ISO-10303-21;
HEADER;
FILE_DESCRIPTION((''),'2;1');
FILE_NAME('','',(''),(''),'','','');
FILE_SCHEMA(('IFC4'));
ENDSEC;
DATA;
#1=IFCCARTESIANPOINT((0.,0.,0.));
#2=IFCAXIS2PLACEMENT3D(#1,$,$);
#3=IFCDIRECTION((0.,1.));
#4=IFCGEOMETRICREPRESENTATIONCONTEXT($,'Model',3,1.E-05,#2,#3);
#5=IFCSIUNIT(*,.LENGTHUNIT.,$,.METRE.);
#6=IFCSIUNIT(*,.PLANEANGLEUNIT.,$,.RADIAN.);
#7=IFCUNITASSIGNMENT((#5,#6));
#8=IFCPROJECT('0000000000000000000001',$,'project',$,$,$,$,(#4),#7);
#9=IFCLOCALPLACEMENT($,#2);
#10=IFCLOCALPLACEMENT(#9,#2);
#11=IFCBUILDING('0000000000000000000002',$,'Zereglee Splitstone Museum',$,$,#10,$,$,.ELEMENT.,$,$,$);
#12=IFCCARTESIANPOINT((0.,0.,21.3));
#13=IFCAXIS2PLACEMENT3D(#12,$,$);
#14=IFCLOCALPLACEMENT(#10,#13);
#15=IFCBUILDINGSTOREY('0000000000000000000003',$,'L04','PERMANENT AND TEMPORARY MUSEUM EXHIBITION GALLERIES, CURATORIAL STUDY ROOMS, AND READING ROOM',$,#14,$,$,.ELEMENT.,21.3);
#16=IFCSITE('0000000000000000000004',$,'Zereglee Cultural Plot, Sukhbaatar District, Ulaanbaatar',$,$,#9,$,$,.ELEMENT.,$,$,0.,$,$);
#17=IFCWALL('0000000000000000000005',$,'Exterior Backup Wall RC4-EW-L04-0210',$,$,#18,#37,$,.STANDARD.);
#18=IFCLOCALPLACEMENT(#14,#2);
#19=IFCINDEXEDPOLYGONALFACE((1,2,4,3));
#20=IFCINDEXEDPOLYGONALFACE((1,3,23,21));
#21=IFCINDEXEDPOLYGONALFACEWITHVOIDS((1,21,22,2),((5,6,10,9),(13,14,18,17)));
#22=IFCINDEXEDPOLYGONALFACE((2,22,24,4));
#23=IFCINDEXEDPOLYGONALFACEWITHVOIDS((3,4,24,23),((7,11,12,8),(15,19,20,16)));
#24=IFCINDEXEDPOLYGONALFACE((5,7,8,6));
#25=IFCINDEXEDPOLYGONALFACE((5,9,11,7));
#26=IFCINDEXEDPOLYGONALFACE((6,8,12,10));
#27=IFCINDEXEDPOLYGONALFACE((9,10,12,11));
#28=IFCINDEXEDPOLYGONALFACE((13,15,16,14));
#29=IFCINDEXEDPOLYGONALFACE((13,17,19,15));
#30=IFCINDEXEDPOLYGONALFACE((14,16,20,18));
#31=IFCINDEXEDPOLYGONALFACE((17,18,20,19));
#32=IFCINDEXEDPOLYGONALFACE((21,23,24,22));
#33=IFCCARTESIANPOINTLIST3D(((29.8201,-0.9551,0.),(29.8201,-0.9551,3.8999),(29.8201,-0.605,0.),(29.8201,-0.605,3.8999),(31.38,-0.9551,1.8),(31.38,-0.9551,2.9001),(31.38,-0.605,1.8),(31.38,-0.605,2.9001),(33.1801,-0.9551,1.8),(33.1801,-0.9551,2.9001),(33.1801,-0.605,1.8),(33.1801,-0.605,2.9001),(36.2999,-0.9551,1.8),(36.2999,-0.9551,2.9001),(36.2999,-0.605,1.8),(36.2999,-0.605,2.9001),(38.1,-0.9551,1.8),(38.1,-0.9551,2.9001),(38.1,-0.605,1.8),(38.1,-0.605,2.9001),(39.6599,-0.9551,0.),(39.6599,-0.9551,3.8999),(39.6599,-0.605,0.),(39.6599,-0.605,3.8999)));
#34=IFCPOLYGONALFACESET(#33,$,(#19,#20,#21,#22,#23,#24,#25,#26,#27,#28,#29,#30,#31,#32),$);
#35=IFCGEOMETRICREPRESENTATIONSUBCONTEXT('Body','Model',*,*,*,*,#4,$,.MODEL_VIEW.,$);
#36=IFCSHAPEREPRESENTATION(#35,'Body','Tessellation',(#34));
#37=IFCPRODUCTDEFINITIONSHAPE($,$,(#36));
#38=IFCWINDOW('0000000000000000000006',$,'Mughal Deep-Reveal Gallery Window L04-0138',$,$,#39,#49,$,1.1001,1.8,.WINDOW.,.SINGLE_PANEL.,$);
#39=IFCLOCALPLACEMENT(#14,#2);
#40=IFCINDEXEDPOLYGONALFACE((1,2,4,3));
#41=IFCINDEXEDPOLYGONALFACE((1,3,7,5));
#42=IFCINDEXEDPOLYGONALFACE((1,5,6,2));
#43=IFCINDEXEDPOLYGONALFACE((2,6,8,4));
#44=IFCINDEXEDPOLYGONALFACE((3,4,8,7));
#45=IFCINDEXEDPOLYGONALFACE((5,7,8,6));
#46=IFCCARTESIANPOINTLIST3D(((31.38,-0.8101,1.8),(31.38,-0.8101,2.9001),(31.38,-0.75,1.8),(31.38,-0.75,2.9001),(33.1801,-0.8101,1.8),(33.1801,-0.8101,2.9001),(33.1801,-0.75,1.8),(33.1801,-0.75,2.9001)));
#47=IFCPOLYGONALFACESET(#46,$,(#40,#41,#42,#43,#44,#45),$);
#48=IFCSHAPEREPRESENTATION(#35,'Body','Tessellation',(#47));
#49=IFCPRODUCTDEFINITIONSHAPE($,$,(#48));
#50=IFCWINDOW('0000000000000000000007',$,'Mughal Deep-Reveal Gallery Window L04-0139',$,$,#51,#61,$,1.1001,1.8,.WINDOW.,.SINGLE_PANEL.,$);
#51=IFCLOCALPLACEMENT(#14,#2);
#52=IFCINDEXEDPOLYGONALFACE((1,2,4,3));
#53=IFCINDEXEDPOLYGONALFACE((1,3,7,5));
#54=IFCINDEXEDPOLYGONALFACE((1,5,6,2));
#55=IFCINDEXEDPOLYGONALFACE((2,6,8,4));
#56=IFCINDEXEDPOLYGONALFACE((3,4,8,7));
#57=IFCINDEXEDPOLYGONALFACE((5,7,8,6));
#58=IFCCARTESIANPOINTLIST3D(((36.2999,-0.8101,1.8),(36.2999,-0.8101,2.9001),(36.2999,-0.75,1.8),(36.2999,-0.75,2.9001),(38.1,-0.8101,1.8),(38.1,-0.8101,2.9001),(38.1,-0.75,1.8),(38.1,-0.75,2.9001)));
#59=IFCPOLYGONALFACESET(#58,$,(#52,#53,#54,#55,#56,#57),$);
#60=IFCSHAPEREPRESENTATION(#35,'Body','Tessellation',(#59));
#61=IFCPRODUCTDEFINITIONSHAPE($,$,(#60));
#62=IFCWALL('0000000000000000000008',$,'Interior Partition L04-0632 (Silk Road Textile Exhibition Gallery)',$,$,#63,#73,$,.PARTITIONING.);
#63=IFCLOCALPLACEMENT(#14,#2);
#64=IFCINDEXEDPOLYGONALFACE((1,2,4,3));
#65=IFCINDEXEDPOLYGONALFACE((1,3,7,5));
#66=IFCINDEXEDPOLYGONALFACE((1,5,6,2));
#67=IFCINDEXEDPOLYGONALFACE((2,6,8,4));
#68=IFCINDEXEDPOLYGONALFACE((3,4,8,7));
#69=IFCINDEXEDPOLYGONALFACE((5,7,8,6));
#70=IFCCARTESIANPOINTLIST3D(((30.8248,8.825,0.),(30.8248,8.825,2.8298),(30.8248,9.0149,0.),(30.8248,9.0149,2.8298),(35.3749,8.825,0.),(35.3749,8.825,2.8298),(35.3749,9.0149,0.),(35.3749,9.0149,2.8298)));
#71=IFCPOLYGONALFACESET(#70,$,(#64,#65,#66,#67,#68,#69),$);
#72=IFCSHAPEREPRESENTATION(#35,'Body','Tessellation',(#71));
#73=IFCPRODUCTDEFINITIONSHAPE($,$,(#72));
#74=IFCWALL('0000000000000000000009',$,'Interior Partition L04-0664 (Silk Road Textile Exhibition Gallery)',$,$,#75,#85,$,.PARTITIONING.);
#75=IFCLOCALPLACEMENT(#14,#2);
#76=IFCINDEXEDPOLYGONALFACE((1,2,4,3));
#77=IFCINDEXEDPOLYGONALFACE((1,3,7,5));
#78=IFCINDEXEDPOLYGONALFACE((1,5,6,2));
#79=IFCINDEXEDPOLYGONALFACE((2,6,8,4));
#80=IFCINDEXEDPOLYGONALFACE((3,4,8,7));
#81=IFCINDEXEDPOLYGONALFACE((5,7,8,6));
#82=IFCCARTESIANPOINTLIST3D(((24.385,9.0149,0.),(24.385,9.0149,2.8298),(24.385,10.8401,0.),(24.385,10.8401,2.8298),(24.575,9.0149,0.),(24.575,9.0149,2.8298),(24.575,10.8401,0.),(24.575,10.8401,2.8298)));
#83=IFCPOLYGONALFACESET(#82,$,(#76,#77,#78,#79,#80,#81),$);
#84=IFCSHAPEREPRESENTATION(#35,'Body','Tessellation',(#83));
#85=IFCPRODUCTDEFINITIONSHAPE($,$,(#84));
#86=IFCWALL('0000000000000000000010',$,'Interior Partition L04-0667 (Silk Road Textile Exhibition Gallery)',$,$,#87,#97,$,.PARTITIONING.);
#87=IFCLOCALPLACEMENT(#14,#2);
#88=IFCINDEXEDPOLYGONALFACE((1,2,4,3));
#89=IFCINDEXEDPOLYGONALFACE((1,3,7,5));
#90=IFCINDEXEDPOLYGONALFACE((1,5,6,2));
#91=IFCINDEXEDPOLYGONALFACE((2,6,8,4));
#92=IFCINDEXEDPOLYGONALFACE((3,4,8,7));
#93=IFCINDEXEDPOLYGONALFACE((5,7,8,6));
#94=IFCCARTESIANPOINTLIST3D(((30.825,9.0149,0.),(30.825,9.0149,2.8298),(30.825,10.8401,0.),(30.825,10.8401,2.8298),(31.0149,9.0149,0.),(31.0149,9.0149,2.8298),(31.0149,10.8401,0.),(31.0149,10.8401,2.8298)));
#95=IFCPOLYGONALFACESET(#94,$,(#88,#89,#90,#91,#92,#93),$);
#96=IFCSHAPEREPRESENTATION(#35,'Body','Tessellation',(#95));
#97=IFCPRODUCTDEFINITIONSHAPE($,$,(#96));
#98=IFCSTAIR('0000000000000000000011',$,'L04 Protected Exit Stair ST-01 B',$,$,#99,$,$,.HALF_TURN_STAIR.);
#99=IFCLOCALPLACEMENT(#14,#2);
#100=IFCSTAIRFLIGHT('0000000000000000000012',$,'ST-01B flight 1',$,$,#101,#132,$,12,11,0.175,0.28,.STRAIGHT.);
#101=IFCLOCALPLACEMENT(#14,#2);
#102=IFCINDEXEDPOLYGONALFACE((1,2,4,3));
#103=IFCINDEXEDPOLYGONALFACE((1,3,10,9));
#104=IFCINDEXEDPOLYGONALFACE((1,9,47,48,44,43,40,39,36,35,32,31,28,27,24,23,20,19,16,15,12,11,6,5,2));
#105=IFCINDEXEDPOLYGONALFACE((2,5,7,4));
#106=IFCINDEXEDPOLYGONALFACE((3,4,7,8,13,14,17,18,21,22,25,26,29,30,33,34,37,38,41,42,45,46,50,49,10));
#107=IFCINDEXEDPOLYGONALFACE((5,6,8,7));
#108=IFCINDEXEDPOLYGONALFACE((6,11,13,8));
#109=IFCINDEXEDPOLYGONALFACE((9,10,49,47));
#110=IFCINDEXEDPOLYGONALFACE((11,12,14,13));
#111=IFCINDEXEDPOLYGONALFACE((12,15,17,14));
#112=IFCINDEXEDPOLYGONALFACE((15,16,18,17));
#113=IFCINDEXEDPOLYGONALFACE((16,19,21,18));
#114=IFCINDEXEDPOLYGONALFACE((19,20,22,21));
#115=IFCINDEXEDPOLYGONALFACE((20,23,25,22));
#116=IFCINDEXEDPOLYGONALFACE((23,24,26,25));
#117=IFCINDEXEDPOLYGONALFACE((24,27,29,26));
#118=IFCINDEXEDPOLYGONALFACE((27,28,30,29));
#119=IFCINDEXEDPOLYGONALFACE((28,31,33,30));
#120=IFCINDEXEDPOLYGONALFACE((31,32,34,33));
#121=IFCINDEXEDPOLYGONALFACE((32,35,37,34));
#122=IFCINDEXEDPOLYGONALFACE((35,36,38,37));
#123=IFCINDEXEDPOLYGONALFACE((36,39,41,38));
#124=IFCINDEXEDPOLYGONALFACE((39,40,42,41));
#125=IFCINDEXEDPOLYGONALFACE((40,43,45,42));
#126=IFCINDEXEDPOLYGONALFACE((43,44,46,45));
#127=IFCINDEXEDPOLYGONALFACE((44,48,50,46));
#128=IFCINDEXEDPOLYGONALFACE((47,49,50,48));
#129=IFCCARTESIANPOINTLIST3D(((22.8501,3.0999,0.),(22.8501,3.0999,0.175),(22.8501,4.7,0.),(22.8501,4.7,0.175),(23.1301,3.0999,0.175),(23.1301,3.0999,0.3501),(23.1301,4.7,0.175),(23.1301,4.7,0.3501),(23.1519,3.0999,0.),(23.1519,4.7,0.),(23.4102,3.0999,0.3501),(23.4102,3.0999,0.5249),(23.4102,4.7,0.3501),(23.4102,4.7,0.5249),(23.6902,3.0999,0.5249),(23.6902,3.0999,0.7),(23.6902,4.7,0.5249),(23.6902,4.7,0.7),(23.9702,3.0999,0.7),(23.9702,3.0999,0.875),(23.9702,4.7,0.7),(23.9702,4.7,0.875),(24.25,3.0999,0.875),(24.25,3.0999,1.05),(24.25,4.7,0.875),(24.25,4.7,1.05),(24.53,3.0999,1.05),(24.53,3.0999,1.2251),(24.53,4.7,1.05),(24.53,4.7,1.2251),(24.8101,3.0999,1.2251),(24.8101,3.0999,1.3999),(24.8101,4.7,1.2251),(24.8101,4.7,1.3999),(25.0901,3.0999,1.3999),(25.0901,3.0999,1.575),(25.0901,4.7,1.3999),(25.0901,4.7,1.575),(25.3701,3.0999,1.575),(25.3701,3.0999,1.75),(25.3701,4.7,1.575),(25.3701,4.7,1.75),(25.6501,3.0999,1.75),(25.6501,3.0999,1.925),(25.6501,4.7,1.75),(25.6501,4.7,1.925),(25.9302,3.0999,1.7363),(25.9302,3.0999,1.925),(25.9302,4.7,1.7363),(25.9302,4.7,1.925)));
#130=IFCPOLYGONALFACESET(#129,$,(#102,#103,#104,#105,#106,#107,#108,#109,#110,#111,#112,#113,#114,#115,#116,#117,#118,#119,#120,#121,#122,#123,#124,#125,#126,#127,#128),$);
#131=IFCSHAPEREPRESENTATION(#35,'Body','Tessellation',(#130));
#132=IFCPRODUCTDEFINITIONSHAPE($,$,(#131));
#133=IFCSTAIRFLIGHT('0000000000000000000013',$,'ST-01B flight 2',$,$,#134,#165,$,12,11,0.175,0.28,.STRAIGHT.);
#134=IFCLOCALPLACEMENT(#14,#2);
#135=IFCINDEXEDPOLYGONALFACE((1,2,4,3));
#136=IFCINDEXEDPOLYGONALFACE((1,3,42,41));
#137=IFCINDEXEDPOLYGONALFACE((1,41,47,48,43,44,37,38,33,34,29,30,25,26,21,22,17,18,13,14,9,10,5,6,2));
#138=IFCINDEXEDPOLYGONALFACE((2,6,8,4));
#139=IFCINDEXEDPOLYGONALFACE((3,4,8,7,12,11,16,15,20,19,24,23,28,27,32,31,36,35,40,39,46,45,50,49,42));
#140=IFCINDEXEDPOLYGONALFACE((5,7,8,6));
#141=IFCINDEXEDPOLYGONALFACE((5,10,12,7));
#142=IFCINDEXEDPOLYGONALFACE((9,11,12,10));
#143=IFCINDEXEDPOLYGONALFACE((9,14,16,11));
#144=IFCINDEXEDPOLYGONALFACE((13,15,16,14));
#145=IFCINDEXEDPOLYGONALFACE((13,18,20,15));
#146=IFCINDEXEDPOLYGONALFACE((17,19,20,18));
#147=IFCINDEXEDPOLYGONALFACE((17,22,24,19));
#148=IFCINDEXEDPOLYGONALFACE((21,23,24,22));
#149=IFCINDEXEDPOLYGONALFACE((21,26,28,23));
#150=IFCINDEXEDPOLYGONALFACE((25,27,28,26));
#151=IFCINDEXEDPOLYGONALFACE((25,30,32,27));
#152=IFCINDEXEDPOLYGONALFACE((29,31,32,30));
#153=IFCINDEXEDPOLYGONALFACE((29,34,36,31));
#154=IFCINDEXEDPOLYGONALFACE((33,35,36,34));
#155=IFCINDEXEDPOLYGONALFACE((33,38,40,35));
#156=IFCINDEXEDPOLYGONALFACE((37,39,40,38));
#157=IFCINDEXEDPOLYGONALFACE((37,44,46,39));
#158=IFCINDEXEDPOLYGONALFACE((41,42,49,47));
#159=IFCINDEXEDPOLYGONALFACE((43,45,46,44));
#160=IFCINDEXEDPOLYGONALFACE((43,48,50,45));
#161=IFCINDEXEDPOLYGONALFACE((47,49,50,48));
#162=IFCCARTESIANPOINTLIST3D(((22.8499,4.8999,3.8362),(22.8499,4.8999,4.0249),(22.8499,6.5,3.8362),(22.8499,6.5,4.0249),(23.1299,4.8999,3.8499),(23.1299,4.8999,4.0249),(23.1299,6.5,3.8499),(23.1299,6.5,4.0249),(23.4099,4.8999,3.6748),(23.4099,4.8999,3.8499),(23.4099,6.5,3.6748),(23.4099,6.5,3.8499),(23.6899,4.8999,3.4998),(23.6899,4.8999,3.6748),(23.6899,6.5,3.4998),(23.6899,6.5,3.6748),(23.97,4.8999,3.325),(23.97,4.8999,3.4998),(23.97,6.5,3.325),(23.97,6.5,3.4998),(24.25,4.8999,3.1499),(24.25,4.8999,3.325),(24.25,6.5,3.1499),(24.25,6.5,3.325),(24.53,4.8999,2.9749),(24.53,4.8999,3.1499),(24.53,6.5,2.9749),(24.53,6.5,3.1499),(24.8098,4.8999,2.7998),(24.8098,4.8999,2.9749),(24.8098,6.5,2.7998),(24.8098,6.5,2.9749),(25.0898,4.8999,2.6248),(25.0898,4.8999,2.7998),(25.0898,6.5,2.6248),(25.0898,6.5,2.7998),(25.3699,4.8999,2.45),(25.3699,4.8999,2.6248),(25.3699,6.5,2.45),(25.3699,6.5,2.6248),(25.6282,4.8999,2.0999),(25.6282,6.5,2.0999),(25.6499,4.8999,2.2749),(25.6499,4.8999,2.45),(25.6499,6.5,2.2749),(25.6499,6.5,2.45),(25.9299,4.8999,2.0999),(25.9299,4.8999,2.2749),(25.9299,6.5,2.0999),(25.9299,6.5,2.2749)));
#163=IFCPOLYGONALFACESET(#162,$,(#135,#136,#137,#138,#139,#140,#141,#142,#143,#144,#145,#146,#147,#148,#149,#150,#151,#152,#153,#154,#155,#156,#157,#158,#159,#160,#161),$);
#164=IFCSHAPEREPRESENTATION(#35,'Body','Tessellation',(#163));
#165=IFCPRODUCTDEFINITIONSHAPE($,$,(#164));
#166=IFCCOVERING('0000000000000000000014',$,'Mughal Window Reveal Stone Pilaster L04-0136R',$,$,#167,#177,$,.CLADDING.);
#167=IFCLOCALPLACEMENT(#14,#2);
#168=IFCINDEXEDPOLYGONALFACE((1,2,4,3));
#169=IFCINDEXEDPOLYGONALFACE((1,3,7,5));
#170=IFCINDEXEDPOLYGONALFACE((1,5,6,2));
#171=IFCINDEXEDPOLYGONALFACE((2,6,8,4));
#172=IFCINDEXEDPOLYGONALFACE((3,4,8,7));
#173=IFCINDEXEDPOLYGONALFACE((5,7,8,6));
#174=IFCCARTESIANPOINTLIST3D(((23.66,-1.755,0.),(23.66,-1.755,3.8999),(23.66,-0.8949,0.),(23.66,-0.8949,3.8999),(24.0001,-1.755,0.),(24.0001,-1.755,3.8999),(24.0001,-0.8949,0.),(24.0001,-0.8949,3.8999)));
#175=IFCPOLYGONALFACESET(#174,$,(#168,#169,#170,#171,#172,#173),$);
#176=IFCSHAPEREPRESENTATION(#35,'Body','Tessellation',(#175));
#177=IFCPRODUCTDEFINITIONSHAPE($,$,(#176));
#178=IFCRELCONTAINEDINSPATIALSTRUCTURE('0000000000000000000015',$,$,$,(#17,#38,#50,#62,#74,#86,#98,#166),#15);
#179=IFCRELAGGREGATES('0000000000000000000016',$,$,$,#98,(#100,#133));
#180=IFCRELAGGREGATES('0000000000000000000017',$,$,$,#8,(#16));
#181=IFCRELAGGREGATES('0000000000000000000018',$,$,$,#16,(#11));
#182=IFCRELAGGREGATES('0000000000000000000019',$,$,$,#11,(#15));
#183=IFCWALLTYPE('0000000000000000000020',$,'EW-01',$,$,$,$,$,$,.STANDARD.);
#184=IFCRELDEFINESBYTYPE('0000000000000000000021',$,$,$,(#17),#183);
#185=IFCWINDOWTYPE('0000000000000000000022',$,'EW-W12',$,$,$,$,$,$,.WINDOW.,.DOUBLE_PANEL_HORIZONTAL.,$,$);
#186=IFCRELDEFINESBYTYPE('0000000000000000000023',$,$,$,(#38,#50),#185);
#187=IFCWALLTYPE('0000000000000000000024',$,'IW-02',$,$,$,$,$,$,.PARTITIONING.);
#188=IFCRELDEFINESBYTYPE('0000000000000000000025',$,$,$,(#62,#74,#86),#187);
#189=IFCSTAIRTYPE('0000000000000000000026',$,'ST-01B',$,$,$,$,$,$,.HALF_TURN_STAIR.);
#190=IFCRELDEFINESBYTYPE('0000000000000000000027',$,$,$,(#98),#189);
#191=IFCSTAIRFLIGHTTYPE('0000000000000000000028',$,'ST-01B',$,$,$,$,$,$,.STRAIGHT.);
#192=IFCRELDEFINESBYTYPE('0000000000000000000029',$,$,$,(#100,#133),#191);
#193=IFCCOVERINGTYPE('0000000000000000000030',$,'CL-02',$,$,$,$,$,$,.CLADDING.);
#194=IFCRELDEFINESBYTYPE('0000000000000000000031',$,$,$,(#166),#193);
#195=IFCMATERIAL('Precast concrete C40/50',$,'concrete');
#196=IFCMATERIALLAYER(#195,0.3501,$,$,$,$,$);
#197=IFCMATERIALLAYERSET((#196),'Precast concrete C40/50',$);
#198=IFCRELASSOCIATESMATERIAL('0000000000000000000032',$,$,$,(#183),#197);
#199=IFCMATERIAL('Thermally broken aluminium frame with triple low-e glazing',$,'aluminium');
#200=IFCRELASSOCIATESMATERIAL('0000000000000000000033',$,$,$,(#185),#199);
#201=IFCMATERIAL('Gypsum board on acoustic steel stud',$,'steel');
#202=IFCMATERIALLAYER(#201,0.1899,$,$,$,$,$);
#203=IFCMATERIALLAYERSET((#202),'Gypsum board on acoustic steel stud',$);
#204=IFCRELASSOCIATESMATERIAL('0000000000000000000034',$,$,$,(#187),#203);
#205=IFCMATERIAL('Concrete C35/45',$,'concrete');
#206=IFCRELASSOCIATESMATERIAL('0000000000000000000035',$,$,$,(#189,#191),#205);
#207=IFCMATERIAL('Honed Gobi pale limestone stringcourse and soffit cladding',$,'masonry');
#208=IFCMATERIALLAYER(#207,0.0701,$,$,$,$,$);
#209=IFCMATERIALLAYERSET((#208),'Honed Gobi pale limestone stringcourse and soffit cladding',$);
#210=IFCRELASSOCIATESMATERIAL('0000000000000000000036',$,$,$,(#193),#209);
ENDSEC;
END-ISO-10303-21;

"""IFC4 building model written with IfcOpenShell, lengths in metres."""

from ifc_helpers import new_model, si_unit, direction, frame, frame_2d, origin, origin_2d, place, context, subcontext, project, spatial, polyline, rectangle, outline, extrude, material, layer, layer_set, type_object, element, fill, aggregate, save


model = new_model("IFC4")

# Units and contexts
model_context = context("Model", 3, precision=1e-05, world=origin(), true_north=direction((0.0, 1.0)))
body_context = subcontext(model_context, "Body", "Model", "MODEL_VIEW")
ifc_project = project(units=[si_unit("LENGTHUNIT", "METRE"), si_unit("PLANEANGLEUNIT", "RADIAN")], contexts=[model_context])

# Site, building, storey
site_placement = place(None, origin())
site = spatial("IfcSite", under=ifc_project, at=site_placement, Name="Zereglee Cultural Plot, Sukhbaatar District, Ulaanbaatar", CompositionType="ELEMENT", RefElevation=0.0)
building_placement = place(site_placement, origin())
building = spatial("IfcBuilding", under=site, at=building_placement, Name="Zereglee Splitstone Museum", CompositionType="ELEMENT")
storey_placement = place(building_placement, frame((0.0, 0.0, 21.3)))
storey = spatial("IfcBuildingStorey", under=building, at=storey_placement, Name="L04", Description="PERMANENT AND TEMPORARY MUSEUM EXHIBITION GALLERIES, CURATORIAL STUDY ROOMS, AND READING ROOM", CompositionType="ELEMENT", Elevation=21.3)

# Wall, openings, windows
ifc_material_1 = material(Name="Precast concrete C40/50", Category="concrete")
ifc_layer_1 = layer(ifc_material_1, 0.3501)
ifc_layer_set_1 = layer_set([ifc_layer_1], Name="Precast concrete C40/50")
wall_type_1 = type_object("IfcWallType", Name="EW-01", PredefinedType="STANDARD", material=ifc_layer_set_1)
wall_1_placement = place(storey_placement, frame((29.8201, -0.78, 0.0), z_axis=(0.0, 0.0, 1.0), x_axis=(1.0, 0.0, 0.0)))
wall_1 = element("IfcWall", 1, at=wall_1_placement, inside=storey, type_object=wall_type_1, Name="Exterior Backup Wall RC4-EW-L04-0210", PredefinedType="STANDARD", context=body_context, shape_type="SweptSolid", body=[
    extrude(rectangle(XDim=9.8398, YDim=0.3501, at=frame_2d((4.9199, 0.0))), origin(), (0.0, 0.0, 1.0), 3.8999),
])
opening_1_placement = place(wall_1_placement, frame((1.5601, 0.0, 1.8)))
opening_1 = element("IfcOpeningElement", 2, at=opening_1_placement, cuts=wall_1, PredefinedType="OPENING", context=body_context, shape_type="SweptSolid", body=[
    extrude(rectangle(XDim=1.8, YDim=1.1001, at=frame_2d((0.8999, 0.55))), frame((0.0, 0.1899, 0.0), z_axis=(0.0, -1.0, 0.0), x_axis=(1.0, 0.0, 0.0)), (0.0, 0.0, 1.0), 0.3799),
])
opening_2_placement = place(wall_1_placement, frame((6.48, 0.0, 1.8)))
opening_2 = element("IfcOpeningElement", 3, at=opening_2_placement, cuts=wall_1, PredefinedType="OPENING", context=body_context, shape_type="SweptSolid", body=[
    extrude(rectangle(XDim=1.8, YDim=1.1001, at=frame_2d((0.8999, 0.55))), frame((0.0, 0.1899, 0.0), z_axis=(0.0, -1.0, 0.0), x_axis=(1.0, 0.0, 0.0)), (0.0, 0.0, 1.0), 0.3799),
])
ifc_material_2 = material(Name="Thermally broken aluminium frame with triple low-e glazing", Category="aluminium")
window_type = type_object("IfcWindowType", Name="EW-W12", PartitioningType="DOUBLE_PANEL_HORIZONTAL", PredefinedType="WINDOW", material=ifc_material_2)
window_1_placement = place(opening_1_placement, origin())
window_1 = element("IfcWindow", 4, at=window_1_placement, inside=storey, type_object=window_type, Name="Mughal Deep-Reveal Gallery Window L04-0138", OverallHeight=1.1001, OverallWidth=1.8, PartitioningType="SINGLE_PANEL", PredefinedType="WINDOW", context=body_context, shape_type="SweptSolid", body=[
    extrude(rectangle(XDim=1.8, YDim=1.1001, at=frame_2d((0.8999, 0.55))), frame((0.0, 0.03, 0.0), z_axis=(0.0, -1.0, 0.0), x_axis=(1.0, 0.0, 0.0)), (0.0, 0.0, 1.0), 0.0601),
])
fill(opening_1, window_1)
window_2_placement = place(opening_2_placement, origin())
window_2 = element("IfcWindow", 5, at=window_2_placement, inside=storey, type_object=window_type, Name="Mughal Deep-Reveal Gallery Window L04-0139", OverallHeight=1.1001, OverallWidth=1.8, PartitioningType="SINGLE_PANEL", PredefinedType="WINDOW", context=body_context, shape_type="SweptSolid", body=[
    extrude(rectangle(XDim=1.8, YDim=1.1001, at=frame_2d((0.8999, 0.55))), frame((0.0, 0.03, 0.0), z_axis=(0.0, -1.0, 0.0), x_axis=(1.0, 0.0, 0.0)), (0.0, 0.0, 1.0), 0.0601),
])
fill(opening_2, window_2)

# Walls
ifc_material_3 = material(Name="Gypsum board on acoustic steel stud", Category="steel")
ifc_layer_2 = layer(ifc_material_3, 0.1899)
ifc_layer_set_2 = layer_set([ifc_layer_2], Name="Gypsum board on acoustic steel stud")
wall_type_2 = type_object("IfcWallType", Name="IW-02", PredefinedType="PARTITIONING", material=ifc_layer_set_2)
wall_2_placement = place(storey_placement, frame((30.825, 8.9199, 0.0), z_axis=(0.0, 0.0, 1.0), x_axis=(1.0, 0.0, 0.0)))
element("IfcWall", 6, at=wall_2_placement, inside=storey, type_object=wall_type_2, Name="Interior Partition L04-0632 (Silk Road Textile Exhibition Gallery)", PredefinedType="PARTITIONING", context=body_context, shape_type="SweptSolid", body=[
    extrude(rectangle(XDim=4.55, YDim=0.1899, at=frame_2d((2.2749, 0.0))), origin(), (0.0, 0.0, 1.0), 2.8298),
])
for number, where, z_axis, x_axis, name in (
    (7, (24.48, 9.0149, 0.0), (0.0, 0.0, 1.0), (0.0, 1.0, 0.0), "Interior Partition L04-0664 (Silk Road Textile Exhibition Gallery)"),
    (8, (30.9199, 9.0149, 0.0), (0.0, 0.0, 1.0), (0.0, 1.0, 0.0), "Interior Partition L04-0667 (Silk Road Textile Exhibition Gallery)"),
):
    element("IfcWall", number, at=place(storey_placement, frame(where, z_axis=z_axis, x_axis=x_axis)), inside=storey, type_object=wall_type_2, Name=name, PredefinedType="PARTITIONING", context=body_context, shape_type="SweptSolid", body=[
        extrude(rectangle(XDim=1.8252, YDim=0.1899, at=frame_2d((0.9126, 0.0))), origin(), (0.0, 0.0, 1.0), 2.8298),
    ])

# Stair, stair flights
ifc_material_4 = material(Name="Concrete C35/45", Category="concrete")
stair_type = type_object("IfcStairType", Name="ST-01B", PredefinedType="HALF_TURN_STAIR", material=ifc_material_4)
stair_placement = place(storey_placement, origin())
stair = element("IfcStair", 9, at=stair_placement, inside=storey, type_object=stair_type, Name="L04 Protected Exit Stair ST-01 B", PredefinedType="HALF_TURN_STAIR")
stair_flight_type = type_object("IfcStairFlightType", Name="ST-01B", PredefinedType="STRAIGHT", material=ifc_material_4)
stair_flight_1_placement = place(storey_placement, frame((22.8501, 3.8999, 0.0), z_axis=(0.0, 0.0, 1.0), x_axis=(1.0, 0.0, 0.0)))
stair_flight_1 = element("IfcStairFlight", 10, at=stair_flight_1_placement, type_object=stair_flight_type, Name="ST-01B flight 1", NumberOfRisers=12, NumberOfTreads=11, PredefinedType="STRAIGHT", RiserHeight=0.175, TreadLength=0.28, context=body_context, shape_type="SweptSolid", body=[
    extrude(outline(polyline([(0.0, 0.0), (0.0, 0.175), (0.28, 0.175), (0.28, 0.3501), (0.5601, 0.3501), (0.5601, 0.5249), (0.8401, 0.5249), (0.8401, 0.7), (1.1201, 0.7), (1.1201, 0.875), (1.3999, 0.875), (1.3999, 1.05), (1.6799, 1.05), (1.6799, 1.2251), (1.96, 1.2251), (1.96, 1.3999), (2.24, 1.3999), (2.24, 1.575), (2.52, 1.575), (2.52, 1.75), (2.8, 1.75), (2.8, 1.925), (3.0801, 1.925), (3.0801, 2.1001), (3.0801, 1.7363), (0.3018, 0.0), (0.0, 0.0)])), frame((0.0, 0.8, 0.0), z_axis=(0.0, -1.0, 0.0), x_axis=(1.0, 0.0, 0.0)), (0.0, 0.0, 1.0), 1.6001),
])
stair_flight_2_placement = place(storey_placement, frame((25.9299, 5.7, 2.0999), z_axis=(0.0, 0.0, 1.0), x_axis=(-1.0, 0.0, 0.0)))
stair_flight_2 = element("IfcStairFlight", 11, at=stair_flight_2_placement, type_object=stair_flight_type, Name="ST-01B flight 2", NumberOfRisers=12, NumberOfTreads=11, PredefinedType="STRAIGHT", RiserHeight=0.175, TreadLength=0.28, context=body_context, shape_type="SweptSolid", body=[
    extrude(outline(polyline([(0.0, 0.0), (0.0, 0.175), (0.28, 0.175), (0.28, 0.3501), (0.5601, 0.3501), (0.5601, 0.5249), (0.8401, 0.5249), (0.8401, 0.7), (1.1201, 0.7), (1.1201, 0.875), (1.3999, 0.875), (1.3999, 1.05), (1.6799, 1.05), (1.6799, 1.2251), (1.96, 1.2251), (1.96, 1.3999), (2.24, 1.3999), (2.24, 1.575), (2.52, 1.575), (2.52, 1.75), (2.8, 1.75), (2.8, 1.925), (3.0801, 1.925), (3.0801, 2.1001), (3.0801, 1.7363), (0.3018, 0.0), (0.0, 0.0)])), frame((0.0, 0.8, 0.0), z_axis=(0.0, -1.0, 0.0), x_axis=(1.0, 0.0, 0.0)), (0.0, 0.0, 1.0), 1.6001),
])
aggregate(stair, [stair_flight_1, stair_flight_2])

# Covering
ifc_material_5 = material(Name="Honed Gobi pale limestone stringcourse and soffit cladding", Category="masonry")
ifc_layer_3 = layer(ifc_material_5, 0.0701)
ifc_layer_set_3 = layer_set([ifc_layer_3], Name="Honed Gobi pale limestone stringcourse and soffit cladding")
covering_type_1 = type_object("IfcCoveringType", Name="CL-02", PredefinedType="CLADDING", material=ifc_layer_set_3)
for number, where, z_axis, x_axis, name in (
    (12, (23.8301, -1.325, 0.0), (0.0, 0.0, 1.0), (1.0, 0.0, 0.0), "Mughal Window Reveal Stone Pilaster L04-0136R"),
):
    element("IfcCovering", number, at=place(storey_placement, frame(where, z_axis=z_axis, x_axis=x_axis)), inside=storey, type_object=covering_type_1, Name=name, PredefinedType="CLADDING", context=body_context, shape_type="SweptSolid", body=[
        extrude(rectangle(XDim=0.3401, YDim=0.8601, at=origin_2d()), origin(), (0.0, 0.0, 1.0), 3.8999),
    ])

save(model, "model.ifc")
